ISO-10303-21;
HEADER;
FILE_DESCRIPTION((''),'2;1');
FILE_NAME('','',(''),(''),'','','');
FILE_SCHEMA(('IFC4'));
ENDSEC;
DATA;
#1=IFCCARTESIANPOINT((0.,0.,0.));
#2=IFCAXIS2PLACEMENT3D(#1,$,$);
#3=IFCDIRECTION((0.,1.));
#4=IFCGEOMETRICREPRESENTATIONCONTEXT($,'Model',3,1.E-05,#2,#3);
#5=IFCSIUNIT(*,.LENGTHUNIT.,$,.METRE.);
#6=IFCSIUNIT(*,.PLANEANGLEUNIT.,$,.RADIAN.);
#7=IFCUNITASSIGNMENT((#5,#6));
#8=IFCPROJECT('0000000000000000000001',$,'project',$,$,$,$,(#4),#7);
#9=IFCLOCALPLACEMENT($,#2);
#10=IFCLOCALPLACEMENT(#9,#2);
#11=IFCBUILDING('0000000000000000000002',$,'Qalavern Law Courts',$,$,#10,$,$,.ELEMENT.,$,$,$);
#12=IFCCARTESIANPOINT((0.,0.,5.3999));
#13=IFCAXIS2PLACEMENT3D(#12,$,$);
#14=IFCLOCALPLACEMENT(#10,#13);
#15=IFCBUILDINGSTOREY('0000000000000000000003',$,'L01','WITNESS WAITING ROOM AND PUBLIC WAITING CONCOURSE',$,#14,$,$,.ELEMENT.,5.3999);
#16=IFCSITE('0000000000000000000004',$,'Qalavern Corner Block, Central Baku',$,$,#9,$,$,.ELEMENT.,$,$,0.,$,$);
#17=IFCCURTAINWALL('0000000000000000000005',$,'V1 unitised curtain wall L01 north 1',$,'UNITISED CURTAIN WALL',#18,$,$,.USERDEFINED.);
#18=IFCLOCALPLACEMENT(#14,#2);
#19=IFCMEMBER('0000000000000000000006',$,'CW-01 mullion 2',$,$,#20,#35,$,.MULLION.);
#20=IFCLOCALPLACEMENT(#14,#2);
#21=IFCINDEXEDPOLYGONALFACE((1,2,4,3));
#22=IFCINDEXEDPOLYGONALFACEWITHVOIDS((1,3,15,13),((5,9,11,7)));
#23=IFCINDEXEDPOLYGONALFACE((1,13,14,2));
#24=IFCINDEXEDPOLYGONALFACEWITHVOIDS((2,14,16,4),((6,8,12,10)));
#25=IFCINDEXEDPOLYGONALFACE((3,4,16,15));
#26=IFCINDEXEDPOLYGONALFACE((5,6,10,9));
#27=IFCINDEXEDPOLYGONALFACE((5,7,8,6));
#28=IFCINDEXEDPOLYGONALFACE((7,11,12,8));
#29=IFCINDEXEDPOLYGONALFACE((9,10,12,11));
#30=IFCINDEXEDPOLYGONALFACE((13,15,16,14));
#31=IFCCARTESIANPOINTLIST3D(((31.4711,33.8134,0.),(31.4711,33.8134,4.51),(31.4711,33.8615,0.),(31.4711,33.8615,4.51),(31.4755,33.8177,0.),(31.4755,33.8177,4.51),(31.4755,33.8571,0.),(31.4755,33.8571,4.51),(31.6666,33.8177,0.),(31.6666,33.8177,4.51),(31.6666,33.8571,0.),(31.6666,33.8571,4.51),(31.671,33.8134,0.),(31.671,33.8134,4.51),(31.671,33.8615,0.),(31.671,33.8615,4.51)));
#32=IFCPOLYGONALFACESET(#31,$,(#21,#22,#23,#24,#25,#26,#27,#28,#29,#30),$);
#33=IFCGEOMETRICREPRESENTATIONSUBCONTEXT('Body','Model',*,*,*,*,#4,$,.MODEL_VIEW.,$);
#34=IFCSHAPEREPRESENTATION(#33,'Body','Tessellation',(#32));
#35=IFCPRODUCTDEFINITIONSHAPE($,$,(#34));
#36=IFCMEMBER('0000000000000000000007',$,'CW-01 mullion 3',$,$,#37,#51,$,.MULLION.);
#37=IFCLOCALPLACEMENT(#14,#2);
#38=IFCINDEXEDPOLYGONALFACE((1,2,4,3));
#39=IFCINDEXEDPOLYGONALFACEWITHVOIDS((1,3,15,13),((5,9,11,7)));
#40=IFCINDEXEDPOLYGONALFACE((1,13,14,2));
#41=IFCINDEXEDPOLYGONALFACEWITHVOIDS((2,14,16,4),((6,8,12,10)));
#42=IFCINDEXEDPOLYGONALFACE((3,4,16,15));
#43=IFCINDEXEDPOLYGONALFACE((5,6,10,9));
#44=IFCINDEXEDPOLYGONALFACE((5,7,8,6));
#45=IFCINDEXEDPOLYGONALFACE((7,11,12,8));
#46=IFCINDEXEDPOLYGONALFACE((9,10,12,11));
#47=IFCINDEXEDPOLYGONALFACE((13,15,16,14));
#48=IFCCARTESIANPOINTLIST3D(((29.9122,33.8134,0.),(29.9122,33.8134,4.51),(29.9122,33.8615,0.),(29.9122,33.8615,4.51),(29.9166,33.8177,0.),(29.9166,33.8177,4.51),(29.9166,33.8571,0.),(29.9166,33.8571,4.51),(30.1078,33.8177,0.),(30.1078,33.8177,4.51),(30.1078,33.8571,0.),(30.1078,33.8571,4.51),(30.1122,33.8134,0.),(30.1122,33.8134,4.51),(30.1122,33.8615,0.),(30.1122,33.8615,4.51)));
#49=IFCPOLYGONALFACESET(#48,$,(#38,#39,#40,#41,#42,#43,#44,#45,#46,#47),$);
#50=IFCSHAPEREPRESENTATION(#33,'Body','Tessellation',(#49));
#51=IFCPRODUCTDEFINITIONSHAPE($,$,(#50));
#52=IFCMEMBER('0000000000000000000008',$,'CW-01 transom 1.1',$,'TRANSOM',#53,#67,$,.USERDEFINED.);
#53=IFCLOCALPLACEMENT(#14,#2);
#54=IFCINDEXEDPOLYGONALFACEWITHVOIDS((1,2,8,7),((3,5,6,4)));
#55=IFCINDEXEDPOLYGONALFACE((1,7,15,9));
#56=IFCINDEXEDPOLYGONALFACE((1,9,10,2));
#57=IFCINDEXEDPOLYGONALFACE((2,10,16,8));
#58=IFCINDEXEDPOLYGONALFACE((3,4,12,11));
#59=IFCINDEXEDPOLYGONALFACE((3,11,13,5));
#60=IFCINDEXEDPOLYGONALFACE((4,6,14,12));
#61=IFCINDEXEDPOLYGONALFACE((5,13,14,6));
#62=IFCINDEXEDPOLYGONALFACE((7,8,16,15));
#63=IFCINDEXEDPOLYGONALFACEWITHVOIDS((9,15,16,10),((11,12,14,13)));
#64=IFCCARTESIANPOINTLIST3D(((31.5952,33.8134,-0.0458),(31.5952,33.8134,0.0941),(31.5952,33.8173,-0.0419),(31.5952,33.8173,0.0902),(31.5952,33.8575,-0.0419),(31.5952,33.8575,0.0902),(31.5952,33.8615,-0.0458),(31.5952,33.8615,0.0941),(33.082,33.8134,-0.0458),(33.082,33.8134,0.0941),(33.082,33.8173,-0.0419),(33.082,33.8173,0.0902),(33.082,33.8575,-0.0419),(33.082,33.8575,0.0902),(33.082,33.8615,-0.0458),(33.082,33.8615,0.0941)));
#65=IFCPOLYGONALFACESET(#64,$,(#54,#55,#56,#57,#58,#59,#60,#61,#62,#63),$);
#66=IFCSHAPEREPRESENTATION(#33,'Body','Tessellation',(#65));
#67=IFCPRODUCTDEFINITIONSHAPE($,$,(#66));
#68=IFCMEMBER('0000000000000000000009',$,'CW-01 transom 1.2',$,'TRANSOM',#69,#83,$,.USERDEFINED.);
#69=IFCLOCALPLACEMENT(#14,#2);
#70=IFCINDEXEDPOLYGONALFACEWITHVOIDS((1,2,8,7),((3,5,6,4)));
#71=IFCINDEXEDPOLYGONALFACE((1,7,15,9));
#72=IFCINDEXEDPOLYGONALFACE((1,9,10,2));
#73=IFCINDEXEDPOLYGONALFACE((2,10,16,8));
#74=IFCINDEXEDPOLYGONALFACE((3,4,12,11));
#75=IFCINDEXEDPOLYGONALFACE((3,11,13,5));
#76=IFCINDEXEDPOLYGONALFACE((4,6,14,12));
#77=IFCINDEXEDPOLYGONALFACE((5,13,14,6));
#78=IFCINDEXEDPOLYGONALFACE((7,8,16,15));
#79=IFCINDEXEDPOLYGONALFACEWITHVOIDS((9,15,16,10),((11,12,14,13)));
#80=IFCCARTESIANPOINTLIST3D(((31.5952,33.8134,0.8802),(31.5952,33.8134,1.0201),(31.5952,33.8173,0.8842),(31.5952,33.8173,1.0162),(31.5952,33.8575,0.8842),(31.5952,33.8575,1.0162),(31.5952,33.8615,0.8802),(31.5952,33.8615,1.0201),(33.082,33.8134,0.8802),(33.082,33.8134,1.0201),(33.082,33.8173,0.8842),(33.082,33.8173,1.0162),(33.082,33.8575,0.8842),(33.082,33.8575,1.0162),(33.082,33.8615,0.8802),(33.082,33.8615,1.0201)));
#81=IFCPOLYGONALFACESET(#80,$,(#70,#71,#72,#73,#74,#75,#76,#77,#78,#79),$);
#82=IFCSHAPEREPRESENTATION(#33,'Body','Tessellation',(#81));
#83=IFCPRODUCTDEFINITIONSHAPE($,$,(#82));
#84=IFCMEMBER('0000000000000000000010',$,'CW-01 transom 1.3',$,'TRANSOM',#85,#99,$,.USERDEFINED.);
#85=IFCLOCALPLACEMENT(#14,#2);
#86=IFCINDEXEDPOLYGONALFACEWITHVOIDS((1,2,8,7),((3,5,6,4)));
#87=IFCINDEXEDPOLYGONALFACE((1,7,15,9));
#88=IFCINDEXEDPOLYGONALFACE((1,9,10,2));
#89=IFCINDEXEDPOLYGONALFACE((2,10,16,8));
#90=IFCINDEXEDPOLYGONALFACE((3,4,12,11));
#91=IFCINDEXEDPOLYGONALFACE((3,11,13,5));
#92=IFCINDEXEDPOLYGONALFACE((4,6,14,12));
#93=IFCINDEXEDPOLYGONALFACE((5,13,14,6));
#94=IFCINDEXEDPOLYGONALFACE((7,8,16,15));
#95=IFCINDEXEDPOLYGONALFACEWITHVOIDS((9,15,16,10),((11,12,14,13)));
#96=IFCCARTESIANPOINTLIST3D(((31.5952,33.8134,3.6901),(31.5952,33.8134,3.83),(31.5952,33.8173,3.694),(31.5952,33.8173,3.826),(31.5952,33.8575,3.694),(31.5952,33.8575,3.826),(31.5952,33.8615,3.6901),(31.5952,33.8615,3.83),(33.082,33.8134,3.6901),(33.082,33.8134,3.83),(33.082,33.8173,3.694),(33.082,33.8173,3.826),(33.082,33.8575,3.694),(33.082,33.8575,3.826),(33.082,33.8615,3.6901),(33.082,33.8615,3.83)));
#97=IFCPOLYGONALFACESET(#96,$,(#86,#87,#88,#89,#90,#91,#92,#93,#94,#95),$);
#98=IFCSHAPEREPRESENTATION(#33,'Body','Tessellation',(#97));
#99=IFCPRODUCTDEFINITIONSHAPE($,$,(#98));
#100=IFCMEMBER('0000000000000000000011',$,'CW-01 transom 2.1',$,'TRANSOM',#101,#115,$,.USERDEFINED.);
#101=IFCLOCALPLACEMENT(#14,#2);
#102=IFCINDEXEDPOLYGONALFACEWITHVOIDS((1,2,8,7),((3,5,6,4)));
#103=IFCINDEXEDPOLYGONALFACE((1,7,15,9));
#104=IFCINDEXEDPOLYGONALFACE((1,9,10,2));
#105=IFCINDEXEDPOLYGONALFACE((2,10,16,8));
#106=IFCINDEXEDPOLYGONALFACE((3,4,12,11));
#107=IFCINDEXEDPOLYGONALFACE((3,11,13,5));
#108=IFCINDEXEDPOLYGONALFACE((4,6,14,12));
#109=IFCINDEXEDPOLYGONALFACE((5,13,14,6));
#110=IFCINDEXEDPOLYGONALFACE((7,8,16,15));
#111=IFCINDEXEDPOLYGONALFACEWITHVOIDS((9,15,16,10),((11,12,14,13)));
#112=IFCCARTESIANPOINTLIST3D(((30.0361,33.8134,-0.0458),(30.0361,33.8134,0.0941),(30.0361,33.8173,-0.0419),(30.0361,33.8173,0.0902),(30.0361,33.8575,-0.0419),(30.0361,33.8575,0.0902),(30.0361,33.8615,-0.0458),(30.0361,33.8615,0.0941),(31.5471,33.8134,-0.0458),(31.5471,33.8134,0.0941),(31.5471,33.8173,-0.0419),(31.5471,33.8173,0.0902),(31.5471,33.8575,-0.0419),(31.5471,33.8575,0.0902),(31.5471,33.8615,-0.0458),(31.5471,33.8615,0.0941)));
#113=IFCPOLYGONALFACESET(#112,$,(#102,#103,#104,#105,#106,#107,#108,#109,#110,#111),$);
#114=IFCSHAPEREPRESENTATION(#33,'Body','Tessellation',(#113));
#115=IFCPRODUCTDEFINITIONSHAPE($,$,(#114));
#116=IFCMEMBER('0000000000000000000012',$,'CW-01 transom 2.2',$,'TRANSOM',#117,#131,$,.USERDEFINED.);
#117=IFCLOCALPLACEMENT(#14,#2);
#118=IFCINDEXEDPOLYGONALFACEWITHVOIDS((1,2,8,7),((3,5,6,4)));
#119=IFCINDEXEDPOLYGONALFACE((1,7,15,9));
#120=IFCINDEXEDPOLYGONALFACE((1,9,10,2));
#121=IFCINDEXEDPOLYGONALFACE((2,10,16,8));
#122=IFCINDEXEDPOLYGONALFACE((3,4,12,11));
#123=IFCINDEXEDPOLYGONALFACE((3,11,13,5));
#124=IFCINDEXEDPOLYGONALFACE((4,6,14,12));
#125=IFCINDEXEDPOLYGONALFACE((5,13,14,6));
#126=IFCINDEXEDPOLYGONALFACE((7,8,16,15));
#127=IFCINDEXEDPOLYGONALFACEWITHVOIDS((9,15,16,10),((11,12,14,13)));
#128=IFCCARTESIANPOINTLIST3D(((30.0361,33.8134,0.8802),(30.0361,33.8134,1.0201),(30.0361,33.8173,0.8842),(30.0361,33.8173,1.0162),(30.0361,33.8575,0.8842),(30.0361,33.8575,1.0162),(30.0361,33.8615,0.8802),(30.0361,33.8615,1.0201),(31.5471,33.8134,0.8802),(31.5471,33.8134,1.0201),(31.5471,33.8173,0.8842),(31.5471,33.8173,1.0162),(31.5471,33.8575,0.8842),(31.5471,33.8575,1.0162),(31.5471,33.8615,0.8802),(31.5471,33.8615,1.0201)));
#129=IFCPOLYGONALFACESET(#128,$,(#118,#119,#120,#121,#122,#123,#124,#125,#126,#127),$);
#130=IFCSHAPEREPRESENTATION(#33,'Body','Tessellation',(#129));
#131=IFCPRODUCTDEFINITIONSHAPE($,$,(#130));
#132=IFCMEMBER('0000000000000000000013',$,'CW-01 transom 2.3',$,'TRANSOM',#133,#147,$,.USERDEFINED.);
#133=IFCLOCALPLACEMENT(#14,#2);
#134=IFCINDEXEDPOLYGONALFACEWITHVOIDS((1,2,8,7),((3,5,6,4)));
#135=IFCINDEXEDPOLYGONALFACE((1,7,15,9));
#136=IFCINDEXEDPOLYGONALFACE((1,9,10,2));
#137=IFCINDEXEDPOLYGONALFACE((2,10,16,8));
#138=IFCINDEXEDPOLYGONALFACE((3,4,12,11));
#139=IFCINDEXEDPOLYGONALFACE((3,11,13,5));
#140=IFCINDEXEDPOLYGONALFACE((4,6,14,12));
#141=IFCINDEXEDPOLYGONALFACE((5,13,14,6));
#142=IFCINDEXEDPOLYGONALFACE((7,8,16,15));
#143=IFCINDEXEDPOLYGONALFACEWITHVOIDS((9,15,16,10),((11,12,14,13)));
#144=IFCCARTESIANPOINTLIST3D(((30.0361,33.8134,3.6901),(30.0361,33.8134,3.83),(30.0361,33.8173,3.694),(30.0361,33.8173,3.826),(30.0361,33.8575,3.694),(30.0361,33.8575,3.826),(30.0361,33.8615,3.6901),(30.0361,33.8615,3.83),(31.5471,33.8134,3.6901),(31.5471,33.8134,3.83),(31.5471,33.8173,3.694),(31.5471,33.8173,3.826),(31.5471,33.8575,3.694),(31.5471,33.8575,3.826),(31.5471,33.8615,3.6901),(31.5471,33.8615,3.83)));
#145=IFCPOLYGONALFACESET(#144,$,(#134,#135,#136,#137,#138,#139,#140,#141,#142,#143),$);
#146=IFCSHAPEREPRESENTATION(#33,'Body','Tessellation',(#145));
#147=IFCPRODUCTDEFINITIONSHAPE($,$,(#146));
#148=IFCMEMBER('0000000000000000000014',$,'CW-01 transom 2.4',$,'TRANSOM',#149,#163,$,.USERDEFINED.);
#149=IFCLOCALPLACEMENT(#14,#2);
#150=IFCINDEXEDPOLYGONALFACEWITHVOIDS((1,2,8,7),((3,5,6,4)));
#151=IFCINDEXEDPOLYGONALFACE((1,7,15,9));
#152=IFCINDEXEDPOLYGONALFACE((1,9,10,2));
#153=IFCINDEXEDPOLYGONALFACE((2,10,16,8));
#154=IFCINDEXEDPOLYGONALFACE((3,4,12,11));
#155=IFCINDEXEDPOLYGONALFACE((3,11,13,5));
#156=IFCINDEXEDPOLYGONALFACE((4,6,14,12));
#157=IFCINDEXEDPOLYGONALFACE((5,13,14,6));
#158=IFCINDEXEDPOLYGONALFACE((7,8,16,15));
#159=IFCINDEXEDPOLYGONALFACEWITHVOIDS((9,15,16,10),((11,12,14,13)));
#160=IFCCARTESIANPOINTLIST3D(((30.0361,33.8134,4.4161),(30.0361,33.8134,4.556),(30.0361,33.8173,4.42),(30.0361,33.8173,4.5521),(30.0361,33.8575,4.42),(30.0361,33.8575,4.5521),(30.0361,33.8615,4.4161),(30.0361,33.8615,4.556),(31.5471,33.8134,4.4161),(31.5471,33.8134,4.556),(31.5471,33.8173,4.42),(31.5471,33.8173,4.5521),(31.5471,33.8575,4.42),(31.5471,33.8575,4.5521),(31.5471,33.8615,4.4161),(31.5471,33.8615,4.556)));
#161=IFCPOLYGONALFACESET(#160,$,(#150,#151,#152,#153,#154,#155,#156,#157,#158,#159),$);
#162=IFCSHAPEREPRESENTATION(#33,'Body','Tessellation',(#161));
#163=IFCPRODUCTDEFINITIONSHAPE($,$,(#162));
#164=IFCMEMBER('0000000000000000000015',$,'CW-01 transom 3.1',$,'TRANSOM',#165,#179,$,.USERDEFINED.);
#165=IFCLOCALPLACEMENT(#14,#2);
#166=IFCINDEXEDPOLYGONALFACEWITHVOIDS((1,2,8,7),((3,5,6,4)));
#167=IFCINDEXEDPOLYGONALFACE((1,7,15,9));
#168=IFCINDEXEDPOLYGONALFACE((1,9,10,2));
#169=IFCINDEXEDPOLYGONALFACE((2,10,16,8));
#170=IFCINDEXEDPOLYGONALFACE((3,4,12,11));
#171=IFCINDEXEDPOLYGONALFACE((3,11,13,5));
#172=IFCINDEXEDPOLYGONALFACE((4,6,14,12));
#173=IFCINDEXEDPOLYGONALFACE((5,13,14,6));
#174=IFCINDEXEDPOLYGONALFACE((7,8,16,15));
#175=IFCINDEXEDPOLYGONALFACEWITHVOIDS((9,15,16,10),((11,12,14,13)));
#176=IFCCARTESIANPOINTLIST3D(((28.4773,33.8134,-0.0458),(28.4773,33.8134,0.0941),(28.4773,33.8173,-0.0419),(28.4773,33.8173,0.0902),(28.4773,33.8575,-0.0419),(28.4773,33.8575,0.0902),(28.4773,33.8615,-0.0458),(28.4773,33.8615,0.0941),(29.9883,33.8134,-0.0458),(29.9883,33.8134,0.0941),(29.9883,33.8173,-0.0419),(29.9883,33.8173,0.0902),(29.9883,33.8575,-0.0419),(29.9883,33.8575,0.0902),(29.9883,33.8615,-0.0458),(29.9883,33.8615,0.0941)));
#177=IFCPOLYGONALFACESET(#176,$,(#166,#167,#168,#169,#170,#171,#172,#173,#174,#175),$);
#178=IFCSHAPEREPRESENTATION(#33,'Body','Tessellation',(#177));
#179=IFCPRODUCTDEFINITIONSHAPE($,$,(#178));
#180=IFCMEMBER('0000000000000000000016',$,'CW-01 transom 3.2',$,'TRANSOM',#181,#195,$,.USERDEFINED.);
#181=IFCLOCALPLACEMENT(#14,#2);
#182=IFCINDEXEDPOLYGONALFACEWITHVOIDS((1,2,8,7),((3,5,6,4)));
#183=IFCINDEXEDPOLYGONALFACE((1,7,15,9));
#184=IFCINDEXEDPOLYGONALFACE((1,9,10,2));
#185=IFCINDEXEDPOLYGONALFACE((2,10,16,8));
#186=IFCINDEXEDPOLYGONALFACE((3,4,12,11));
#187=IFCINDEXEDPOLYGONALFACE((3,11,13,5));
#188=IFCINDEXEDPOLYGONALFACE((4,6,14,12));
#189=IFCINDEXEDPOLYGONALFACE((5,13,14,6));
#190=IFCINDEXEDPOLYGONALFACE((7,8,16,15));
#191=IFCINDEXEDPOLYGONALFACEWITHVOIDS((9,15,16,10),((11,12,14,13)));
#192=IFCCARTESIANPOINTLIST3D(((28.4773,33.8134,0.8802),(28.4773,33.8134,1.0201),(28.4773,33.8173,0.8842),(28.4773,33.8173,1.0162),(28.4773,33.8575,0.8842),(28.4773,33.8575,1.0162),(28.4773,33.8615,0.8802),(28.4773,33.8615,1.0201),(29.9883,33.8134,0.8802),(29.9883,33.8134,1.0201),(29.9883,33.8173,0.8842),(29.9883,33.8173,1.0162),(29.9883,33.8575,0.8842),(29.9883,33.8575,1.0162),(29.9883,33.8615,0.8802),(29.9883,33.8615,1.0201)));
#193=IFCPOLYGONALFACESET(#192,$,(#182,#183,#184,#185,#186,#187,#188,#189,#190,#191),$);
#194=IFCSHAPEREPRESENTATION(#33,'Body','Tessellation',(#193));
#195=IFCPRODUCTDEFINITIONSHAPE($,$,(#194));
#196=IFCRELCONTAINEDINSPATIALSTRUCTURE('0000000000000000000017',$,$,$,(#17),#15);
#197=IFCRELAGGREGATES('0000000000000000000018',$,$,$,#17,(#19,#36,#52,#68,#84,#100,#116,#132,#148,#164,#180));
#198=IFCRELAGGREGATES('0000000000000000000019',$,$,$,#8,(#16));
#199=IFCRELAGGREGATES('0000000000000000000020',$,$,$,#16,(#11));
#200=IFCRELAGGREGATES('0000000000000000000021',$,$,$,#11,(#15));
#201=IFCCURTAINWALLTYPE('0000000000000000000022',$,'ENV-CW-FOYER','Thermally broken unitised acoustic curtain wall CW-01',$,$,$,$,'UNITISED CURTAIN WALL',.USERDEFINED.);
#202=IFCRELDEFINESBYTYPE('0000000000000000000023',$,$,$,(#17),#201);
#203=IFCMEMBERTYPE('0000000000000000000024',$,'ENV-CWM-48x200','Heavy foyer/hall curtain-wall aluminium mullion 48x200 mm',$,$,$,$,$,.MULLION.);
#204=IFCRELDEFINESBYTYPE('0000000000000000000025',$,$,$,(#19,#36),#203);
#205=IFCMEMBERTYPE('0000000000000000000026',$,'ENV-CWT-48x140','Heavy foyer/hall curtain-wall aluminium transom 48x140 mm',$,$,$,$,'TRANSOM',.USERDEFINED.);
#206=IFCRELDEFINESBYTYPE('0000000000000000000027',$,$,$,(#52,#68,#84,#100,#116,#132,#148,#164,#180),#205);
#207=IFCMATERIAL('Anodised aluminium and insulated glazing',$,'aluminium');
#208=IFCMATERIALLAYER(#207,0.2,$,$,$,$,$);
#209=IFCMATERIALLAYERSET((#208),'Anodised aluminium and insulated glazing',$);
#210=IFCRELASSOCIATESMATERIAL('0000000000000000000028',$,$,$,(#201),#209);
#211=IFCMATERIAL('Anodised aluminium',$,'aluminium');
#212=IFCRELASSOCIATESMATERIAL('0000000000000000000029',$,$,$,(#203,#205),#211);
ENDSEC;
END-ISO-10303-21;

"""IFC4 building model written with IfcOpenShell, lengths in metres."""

from ifc_helpers import new_model, si_unit, direction, frame, origin, origin_2d, place, context, subcontext, project, spatial, hollow_rectangle, extrude, material, layer, layer_set, material_profile, profile_set, type_object, element, aggregate, save


model = new_model("IFC4")

# Units and contexts
model_context = context("Model", 3, precision=1e-05, world=origin(), true_north=direction((0.0, 1.0)))
body_context = subcontext(model_context, "Body", "Model", "MODEL_VIEW")
ifc_project = project(units=[si_unit("LENGTHUNIT", "METRE"), si_unit("PLANEANGLEUNIT", "RADIAN")], contexts=[model_context])

# Site, building, storey
site_placement = place(None, origin())
site = spatial("IfcSite", under=ifc_project, at=site_placement, Name="Qalavern Corner Block, Central Baku", CompositionType="ELEMENT", RefElevation=0.0)
building_placement = place(site_placement, origin())
building = spatial("IfcBuilding", under=site, at=building_placement, Name="Qalavern Law Courts", CompositionType="ELEMENT")
storey_placement = place(building_placement, frame((0.0, 0.0, 5.3999)))
storey = spatial("IfcBuildingStorey", under=building, at=storey_placement, Name="L01", Description="WITNESS WAITING ROOM AND PUBLIC WAITING CONCOURSE", CompositionType="ELEMENT", Elevation=5.3999)

# Curtain wall, members
ifc_material_1 = material(Name="Anodised aluminium and insulated glazing", Category="aluminium")
ifc_layer_1 = layer(ifc_material_1, 0.2)
ifc_layer_set_1 = layer_set([ifc_layer_1], Name="Anodised aluminium and insulated glazing")
curtain_wall_type = type_object("IfcCurtainWallType", Name="ENV-CW-FOYER", Description="Thermally broken unitised acoustic curtain wall CW-01", ElementType="UNITISED CURTAIN WALL", PredefinedType="USERDEFINED", material=ifc_layer_set_1)
curtain_wall_placement = place(storey_placement, origin())
curtain_wall = element("IfcCurtainWall", 1, at=curtain_wall_placement, inside=storey, type_object=curtain_wall_type, Name="V1 unitised curtain wall L01 north 1", ObjectType="UNITISED CURTAIN WALL", PredefinedType="USERDEFINED")
ifc_material_2 = material(Name="Anodised aluminium", Category="aluminium")
ifc_material_profile_1 = material_profile(ifc_material_2, hollow_rectangle(XDim=0.0481, YDim=0.2, WallThickness=0.0044, at=origin_2d()), Name="ALU MULLION 48x200")
ifc_profile_set_1 = profile_set([ifc_material_profile_1], Name="Anodised aluminium")
member_type_1 = type_object("IfcMemberType", Name="ENV-CWM-48x200", Description="Heavy foyer/hall curtain-wall aluminium mullion 48x200 mm", PredefinedType="MULLION", material=ifc_profile_set_1)
member_1_placement = place(storey_placement, frame((31.571, 33.8374, 0.0), z_axis=(0.0, 0.0, 1.0), x_axis=(0.0, -1.0, 0.0)))
member_1 = element("IfcMember", 2, at=member_1_placement, type_object=member_type_1, Name="CW-01 mullion 2", PredefinedType="MULLION", context=body_context, shape_type="SweptSolid", body=[
    extrude(hollow_rectangle(XDim=0.0481, YDim=0.2, WallThickness=0.0044, at=origin_2d()), origin(), (0.0, 0.0, 1.0), 4.51),
])
member_2_placement = place(storey_placement, frame((30.0122, 33.8374, 0.0), z_axis=(0.0, 0.0, 1.0), x_axis=(0.0, -1.0, 0.0)))
member_2 = element("IfcMember", 3, at=member_2_placement, type_object=member_type_1, Name="CW-01 mullion 3", PredefinedType="MULLION", context=body_context, shape_type="SweptSolid", body=[
    extrude(hollow_rectangle(XDim=0.0481, YDim=0.2, WallThickness=0.0044, at=origin_2d()), origin(), (0.0, 0.0, 1.0), 4.51),
])
ifc_material_profile_2 = material_profile(ifc_material_2, hollow_rectangle(XDim=0.0481, YDim=0.1399, WallThickness=0.0039, at=origin_2d()), Name="ALU TRANSOM 48x140")
ifc_profile_set_2 = profile_set([ifc_material_profile_2], Name="Anodised aluminium")
member_type_2 = type_object("IfcMemberType", Name="ENV-CWT-48x140", Description="Heavy foyer/hall curtain-wall aluminium transom 48x140 mm", ElementType="TRANSOM", PredefinedType="USERDEFINED", material=ifc_profile_set_2)
member_3_placement = place(storey_placement, frame((33.082, 33.8374, 0.0242), z_axis=(-1.0, 0.0, 0.0), x_axis=(0.0, -1.0, 0.0)))
member_3 = element("IfcMember", 4, at=member_3_placement, type_object=member_type_2, Name="CW-01 transom 1.1", ObjectType="TRANSOM", PredefinedType="USERDEFINED", context=body_context, shape_type="SweptSolid", body=[
    extrude(hollow_rectangle(XDim=0.0481, YDim=0.1399, WallThickness=0.0039, at=origin_2d()), origin(), (0.0, 0.0, 1.0), 1.4868),
])
member_4_placement = place(storey_placement, frame((33.082, 33.8374, 0.9502), z_axis=(-1.0, 0.0, 0.0), x_axis=(0.0, -1.0, 0.0)))
member_4 = element("IfcMember", 5, at=member_4_placement, type_object=member_type_2, Name="CW-01 transom 1.2", ObjectType="TRANSOM", PredefinedType="USERDEFINED", context=body_context, shape_type="SweptSolid", body=[
    extrude(hollow_rectangle(XDim=0.0481, YDim=0.1399, WallThickness=0.0039, at=origin_2d()), origin(), (0.0, 0.0, 1.0), 1.4868),
])
member_5_placement = place(storey_placement, frame((33.082, 33.8374, 3.76), z_axis=(-1.0, 0.0, 0.0), x_axis=(0.0, -1.0, 0.0)))
member_5 = element("IfcMember", 6, at=member_5_placement, type_object=member_type_2, Name="CW-01 transom 1.3", ObjectType="TRANSOM", PredefinedType="USERDEFINED", context=body_context, shape_type="SweptSolid", body=[
    extrude(hollow_rectangle(XDim=0.0481, YDim=0.1399, WallThickness=0.0039, at=origin_2d()), origin(), (0.0, 0.0, 1.0), 1.4868),
])
member_6_placement = place(storey_placement, frame((31.5471, 33.8374, 0.0242), z_axis=(-1.0, 0.0, 0.0), x_axis=(0.0, -1.0, 0.0)))
member_6 = element("IfcMember", 7, at=member_6_placement, type_object=member_type_2, Name="CW-01 transom 2.1", ObjectType="TRANSOM", PredefinedType="USERDEFINED", context=body_context, shape_type="SweptSolid", body=[
    extrude(hollow_rectangle(XDim=0.0481, YDim=0.1399, WallThickness=0.0039, at=origin_2d()), origin(), (0.0, 0.0, 1.0), 1.511),
])
member_7_placement = place(storey_placement, frame((31.5471, 33.8374, 0.9502), z_axis=(-1.0, 0.0, 0.0), x_axis=(0.0, -1.0, 0.0)))
member_7 = element("IfcMember", 8, at=member_7_placement, type_object=member_type_2, Name="CW-01 transom 2.2", ObjectType="TRANSOM", PredefinedType="USERDEFINED", context=body_context, shape_type="SweptSolid", body=[
    extrude(hollow_rectangle(XDim=0.0481, YDim=0.1399, WallThickness=0.0039, at=origin_2d()), origin(), (0.0, 0.0, 1.0), 1.511),
])
member_8_placement = place(storey_placement, frame((31.5471, 33.8374, 3.76), z_axis=(-1.0, 0.0, 0.0), x_axis=(0.0, -1.0, 0.0)))
member_8 = element("IfcMember", 9, at=member_8_placement, type_object=member_type_2, Name="CW-01 transom 2.3", ObjectType="TRANSOM", PredefinedType="USERDEFINED", context=body_context, shape_type="SweptSolid", body=[
    extrude(hollow_rectangle(XDim=0.0481, YDim=0.1399, WallThickness=0.0039, at=origin_2d()), origin(), (0.0, 0.0, 1.0), 1.511),
])
member_9_placement = place(storey_placement, frame((31.5471, 33.8374, 4.4861), z_axis=(-1.0, 0.0, 0.0), x_axis=(0.0, -1.0, 0.0)))
member_9 = element("IfcMember", 10, at=member_9_placement, type_object=member_type_2, Name="CW-01 transom 2.4", ObjectType="TRANSOM", PredefinedType="USERDEFINED", context=body_context, shape_type="SweptSolid", body=[
    extrude(hollow_rectangle(XDim=0.0481, YDim=0.1399, WallThickness=0.0039, at=origin_2d()), origin(), (0.0, 0.0, 1.0), 1.511),
])
member_10_placement = place(storey_placement, frame((29.9883, 33.8374, 0.0242), z_axis=(-1.0, 0.0, 0.0), x_axis=(0.0, -1.0, 0.0)))
member_10 = element("IfcMember", 11, at=member_10_placement, type_object=member_type_2, Name="CW-01 transom 3.1", ObjectType="TRANSOM", PredefinedType="USERDEFINED", context=body_context, shape_type="SweptSolid", body=[
    extrude(hollow_rectangle(XDim=0.0481, YDim=0.1399, WallThickness=0.0039, at=origin_2d()), origin(), (0.0, 0.0, 1.0), 1.511),
])
member_11_placement = place(storey_placement, frame((29.9883, 33.8374, 0.9502), z_axis=(-1.0, 0.0, 0.0), x_axis=(0.0, -1.0, 0.0)))
member_11 = element("IfcMember", 12, at=member_11_placement, type_object=member_type_2, Name="CW-01 transom 3.2", ObjectType="TRANSOM", PredefinedType="USERDEFINED", context=body_context, shape_type="SweptSolid", body=[
    extrude(hollow_rectangle(XDim=0.0481, YDim=0.1399, WallThickness=0.0039, at=origin_2d()), origin(), (0.0, 0.0, 1.0), 1.511),
])
aggregate(curtain_wall, [member_1, member_2, member_3, member_4, member_5, member_6, member_7, member_8, member_9, member_10, member_11])

save(model, "model.ifc")
